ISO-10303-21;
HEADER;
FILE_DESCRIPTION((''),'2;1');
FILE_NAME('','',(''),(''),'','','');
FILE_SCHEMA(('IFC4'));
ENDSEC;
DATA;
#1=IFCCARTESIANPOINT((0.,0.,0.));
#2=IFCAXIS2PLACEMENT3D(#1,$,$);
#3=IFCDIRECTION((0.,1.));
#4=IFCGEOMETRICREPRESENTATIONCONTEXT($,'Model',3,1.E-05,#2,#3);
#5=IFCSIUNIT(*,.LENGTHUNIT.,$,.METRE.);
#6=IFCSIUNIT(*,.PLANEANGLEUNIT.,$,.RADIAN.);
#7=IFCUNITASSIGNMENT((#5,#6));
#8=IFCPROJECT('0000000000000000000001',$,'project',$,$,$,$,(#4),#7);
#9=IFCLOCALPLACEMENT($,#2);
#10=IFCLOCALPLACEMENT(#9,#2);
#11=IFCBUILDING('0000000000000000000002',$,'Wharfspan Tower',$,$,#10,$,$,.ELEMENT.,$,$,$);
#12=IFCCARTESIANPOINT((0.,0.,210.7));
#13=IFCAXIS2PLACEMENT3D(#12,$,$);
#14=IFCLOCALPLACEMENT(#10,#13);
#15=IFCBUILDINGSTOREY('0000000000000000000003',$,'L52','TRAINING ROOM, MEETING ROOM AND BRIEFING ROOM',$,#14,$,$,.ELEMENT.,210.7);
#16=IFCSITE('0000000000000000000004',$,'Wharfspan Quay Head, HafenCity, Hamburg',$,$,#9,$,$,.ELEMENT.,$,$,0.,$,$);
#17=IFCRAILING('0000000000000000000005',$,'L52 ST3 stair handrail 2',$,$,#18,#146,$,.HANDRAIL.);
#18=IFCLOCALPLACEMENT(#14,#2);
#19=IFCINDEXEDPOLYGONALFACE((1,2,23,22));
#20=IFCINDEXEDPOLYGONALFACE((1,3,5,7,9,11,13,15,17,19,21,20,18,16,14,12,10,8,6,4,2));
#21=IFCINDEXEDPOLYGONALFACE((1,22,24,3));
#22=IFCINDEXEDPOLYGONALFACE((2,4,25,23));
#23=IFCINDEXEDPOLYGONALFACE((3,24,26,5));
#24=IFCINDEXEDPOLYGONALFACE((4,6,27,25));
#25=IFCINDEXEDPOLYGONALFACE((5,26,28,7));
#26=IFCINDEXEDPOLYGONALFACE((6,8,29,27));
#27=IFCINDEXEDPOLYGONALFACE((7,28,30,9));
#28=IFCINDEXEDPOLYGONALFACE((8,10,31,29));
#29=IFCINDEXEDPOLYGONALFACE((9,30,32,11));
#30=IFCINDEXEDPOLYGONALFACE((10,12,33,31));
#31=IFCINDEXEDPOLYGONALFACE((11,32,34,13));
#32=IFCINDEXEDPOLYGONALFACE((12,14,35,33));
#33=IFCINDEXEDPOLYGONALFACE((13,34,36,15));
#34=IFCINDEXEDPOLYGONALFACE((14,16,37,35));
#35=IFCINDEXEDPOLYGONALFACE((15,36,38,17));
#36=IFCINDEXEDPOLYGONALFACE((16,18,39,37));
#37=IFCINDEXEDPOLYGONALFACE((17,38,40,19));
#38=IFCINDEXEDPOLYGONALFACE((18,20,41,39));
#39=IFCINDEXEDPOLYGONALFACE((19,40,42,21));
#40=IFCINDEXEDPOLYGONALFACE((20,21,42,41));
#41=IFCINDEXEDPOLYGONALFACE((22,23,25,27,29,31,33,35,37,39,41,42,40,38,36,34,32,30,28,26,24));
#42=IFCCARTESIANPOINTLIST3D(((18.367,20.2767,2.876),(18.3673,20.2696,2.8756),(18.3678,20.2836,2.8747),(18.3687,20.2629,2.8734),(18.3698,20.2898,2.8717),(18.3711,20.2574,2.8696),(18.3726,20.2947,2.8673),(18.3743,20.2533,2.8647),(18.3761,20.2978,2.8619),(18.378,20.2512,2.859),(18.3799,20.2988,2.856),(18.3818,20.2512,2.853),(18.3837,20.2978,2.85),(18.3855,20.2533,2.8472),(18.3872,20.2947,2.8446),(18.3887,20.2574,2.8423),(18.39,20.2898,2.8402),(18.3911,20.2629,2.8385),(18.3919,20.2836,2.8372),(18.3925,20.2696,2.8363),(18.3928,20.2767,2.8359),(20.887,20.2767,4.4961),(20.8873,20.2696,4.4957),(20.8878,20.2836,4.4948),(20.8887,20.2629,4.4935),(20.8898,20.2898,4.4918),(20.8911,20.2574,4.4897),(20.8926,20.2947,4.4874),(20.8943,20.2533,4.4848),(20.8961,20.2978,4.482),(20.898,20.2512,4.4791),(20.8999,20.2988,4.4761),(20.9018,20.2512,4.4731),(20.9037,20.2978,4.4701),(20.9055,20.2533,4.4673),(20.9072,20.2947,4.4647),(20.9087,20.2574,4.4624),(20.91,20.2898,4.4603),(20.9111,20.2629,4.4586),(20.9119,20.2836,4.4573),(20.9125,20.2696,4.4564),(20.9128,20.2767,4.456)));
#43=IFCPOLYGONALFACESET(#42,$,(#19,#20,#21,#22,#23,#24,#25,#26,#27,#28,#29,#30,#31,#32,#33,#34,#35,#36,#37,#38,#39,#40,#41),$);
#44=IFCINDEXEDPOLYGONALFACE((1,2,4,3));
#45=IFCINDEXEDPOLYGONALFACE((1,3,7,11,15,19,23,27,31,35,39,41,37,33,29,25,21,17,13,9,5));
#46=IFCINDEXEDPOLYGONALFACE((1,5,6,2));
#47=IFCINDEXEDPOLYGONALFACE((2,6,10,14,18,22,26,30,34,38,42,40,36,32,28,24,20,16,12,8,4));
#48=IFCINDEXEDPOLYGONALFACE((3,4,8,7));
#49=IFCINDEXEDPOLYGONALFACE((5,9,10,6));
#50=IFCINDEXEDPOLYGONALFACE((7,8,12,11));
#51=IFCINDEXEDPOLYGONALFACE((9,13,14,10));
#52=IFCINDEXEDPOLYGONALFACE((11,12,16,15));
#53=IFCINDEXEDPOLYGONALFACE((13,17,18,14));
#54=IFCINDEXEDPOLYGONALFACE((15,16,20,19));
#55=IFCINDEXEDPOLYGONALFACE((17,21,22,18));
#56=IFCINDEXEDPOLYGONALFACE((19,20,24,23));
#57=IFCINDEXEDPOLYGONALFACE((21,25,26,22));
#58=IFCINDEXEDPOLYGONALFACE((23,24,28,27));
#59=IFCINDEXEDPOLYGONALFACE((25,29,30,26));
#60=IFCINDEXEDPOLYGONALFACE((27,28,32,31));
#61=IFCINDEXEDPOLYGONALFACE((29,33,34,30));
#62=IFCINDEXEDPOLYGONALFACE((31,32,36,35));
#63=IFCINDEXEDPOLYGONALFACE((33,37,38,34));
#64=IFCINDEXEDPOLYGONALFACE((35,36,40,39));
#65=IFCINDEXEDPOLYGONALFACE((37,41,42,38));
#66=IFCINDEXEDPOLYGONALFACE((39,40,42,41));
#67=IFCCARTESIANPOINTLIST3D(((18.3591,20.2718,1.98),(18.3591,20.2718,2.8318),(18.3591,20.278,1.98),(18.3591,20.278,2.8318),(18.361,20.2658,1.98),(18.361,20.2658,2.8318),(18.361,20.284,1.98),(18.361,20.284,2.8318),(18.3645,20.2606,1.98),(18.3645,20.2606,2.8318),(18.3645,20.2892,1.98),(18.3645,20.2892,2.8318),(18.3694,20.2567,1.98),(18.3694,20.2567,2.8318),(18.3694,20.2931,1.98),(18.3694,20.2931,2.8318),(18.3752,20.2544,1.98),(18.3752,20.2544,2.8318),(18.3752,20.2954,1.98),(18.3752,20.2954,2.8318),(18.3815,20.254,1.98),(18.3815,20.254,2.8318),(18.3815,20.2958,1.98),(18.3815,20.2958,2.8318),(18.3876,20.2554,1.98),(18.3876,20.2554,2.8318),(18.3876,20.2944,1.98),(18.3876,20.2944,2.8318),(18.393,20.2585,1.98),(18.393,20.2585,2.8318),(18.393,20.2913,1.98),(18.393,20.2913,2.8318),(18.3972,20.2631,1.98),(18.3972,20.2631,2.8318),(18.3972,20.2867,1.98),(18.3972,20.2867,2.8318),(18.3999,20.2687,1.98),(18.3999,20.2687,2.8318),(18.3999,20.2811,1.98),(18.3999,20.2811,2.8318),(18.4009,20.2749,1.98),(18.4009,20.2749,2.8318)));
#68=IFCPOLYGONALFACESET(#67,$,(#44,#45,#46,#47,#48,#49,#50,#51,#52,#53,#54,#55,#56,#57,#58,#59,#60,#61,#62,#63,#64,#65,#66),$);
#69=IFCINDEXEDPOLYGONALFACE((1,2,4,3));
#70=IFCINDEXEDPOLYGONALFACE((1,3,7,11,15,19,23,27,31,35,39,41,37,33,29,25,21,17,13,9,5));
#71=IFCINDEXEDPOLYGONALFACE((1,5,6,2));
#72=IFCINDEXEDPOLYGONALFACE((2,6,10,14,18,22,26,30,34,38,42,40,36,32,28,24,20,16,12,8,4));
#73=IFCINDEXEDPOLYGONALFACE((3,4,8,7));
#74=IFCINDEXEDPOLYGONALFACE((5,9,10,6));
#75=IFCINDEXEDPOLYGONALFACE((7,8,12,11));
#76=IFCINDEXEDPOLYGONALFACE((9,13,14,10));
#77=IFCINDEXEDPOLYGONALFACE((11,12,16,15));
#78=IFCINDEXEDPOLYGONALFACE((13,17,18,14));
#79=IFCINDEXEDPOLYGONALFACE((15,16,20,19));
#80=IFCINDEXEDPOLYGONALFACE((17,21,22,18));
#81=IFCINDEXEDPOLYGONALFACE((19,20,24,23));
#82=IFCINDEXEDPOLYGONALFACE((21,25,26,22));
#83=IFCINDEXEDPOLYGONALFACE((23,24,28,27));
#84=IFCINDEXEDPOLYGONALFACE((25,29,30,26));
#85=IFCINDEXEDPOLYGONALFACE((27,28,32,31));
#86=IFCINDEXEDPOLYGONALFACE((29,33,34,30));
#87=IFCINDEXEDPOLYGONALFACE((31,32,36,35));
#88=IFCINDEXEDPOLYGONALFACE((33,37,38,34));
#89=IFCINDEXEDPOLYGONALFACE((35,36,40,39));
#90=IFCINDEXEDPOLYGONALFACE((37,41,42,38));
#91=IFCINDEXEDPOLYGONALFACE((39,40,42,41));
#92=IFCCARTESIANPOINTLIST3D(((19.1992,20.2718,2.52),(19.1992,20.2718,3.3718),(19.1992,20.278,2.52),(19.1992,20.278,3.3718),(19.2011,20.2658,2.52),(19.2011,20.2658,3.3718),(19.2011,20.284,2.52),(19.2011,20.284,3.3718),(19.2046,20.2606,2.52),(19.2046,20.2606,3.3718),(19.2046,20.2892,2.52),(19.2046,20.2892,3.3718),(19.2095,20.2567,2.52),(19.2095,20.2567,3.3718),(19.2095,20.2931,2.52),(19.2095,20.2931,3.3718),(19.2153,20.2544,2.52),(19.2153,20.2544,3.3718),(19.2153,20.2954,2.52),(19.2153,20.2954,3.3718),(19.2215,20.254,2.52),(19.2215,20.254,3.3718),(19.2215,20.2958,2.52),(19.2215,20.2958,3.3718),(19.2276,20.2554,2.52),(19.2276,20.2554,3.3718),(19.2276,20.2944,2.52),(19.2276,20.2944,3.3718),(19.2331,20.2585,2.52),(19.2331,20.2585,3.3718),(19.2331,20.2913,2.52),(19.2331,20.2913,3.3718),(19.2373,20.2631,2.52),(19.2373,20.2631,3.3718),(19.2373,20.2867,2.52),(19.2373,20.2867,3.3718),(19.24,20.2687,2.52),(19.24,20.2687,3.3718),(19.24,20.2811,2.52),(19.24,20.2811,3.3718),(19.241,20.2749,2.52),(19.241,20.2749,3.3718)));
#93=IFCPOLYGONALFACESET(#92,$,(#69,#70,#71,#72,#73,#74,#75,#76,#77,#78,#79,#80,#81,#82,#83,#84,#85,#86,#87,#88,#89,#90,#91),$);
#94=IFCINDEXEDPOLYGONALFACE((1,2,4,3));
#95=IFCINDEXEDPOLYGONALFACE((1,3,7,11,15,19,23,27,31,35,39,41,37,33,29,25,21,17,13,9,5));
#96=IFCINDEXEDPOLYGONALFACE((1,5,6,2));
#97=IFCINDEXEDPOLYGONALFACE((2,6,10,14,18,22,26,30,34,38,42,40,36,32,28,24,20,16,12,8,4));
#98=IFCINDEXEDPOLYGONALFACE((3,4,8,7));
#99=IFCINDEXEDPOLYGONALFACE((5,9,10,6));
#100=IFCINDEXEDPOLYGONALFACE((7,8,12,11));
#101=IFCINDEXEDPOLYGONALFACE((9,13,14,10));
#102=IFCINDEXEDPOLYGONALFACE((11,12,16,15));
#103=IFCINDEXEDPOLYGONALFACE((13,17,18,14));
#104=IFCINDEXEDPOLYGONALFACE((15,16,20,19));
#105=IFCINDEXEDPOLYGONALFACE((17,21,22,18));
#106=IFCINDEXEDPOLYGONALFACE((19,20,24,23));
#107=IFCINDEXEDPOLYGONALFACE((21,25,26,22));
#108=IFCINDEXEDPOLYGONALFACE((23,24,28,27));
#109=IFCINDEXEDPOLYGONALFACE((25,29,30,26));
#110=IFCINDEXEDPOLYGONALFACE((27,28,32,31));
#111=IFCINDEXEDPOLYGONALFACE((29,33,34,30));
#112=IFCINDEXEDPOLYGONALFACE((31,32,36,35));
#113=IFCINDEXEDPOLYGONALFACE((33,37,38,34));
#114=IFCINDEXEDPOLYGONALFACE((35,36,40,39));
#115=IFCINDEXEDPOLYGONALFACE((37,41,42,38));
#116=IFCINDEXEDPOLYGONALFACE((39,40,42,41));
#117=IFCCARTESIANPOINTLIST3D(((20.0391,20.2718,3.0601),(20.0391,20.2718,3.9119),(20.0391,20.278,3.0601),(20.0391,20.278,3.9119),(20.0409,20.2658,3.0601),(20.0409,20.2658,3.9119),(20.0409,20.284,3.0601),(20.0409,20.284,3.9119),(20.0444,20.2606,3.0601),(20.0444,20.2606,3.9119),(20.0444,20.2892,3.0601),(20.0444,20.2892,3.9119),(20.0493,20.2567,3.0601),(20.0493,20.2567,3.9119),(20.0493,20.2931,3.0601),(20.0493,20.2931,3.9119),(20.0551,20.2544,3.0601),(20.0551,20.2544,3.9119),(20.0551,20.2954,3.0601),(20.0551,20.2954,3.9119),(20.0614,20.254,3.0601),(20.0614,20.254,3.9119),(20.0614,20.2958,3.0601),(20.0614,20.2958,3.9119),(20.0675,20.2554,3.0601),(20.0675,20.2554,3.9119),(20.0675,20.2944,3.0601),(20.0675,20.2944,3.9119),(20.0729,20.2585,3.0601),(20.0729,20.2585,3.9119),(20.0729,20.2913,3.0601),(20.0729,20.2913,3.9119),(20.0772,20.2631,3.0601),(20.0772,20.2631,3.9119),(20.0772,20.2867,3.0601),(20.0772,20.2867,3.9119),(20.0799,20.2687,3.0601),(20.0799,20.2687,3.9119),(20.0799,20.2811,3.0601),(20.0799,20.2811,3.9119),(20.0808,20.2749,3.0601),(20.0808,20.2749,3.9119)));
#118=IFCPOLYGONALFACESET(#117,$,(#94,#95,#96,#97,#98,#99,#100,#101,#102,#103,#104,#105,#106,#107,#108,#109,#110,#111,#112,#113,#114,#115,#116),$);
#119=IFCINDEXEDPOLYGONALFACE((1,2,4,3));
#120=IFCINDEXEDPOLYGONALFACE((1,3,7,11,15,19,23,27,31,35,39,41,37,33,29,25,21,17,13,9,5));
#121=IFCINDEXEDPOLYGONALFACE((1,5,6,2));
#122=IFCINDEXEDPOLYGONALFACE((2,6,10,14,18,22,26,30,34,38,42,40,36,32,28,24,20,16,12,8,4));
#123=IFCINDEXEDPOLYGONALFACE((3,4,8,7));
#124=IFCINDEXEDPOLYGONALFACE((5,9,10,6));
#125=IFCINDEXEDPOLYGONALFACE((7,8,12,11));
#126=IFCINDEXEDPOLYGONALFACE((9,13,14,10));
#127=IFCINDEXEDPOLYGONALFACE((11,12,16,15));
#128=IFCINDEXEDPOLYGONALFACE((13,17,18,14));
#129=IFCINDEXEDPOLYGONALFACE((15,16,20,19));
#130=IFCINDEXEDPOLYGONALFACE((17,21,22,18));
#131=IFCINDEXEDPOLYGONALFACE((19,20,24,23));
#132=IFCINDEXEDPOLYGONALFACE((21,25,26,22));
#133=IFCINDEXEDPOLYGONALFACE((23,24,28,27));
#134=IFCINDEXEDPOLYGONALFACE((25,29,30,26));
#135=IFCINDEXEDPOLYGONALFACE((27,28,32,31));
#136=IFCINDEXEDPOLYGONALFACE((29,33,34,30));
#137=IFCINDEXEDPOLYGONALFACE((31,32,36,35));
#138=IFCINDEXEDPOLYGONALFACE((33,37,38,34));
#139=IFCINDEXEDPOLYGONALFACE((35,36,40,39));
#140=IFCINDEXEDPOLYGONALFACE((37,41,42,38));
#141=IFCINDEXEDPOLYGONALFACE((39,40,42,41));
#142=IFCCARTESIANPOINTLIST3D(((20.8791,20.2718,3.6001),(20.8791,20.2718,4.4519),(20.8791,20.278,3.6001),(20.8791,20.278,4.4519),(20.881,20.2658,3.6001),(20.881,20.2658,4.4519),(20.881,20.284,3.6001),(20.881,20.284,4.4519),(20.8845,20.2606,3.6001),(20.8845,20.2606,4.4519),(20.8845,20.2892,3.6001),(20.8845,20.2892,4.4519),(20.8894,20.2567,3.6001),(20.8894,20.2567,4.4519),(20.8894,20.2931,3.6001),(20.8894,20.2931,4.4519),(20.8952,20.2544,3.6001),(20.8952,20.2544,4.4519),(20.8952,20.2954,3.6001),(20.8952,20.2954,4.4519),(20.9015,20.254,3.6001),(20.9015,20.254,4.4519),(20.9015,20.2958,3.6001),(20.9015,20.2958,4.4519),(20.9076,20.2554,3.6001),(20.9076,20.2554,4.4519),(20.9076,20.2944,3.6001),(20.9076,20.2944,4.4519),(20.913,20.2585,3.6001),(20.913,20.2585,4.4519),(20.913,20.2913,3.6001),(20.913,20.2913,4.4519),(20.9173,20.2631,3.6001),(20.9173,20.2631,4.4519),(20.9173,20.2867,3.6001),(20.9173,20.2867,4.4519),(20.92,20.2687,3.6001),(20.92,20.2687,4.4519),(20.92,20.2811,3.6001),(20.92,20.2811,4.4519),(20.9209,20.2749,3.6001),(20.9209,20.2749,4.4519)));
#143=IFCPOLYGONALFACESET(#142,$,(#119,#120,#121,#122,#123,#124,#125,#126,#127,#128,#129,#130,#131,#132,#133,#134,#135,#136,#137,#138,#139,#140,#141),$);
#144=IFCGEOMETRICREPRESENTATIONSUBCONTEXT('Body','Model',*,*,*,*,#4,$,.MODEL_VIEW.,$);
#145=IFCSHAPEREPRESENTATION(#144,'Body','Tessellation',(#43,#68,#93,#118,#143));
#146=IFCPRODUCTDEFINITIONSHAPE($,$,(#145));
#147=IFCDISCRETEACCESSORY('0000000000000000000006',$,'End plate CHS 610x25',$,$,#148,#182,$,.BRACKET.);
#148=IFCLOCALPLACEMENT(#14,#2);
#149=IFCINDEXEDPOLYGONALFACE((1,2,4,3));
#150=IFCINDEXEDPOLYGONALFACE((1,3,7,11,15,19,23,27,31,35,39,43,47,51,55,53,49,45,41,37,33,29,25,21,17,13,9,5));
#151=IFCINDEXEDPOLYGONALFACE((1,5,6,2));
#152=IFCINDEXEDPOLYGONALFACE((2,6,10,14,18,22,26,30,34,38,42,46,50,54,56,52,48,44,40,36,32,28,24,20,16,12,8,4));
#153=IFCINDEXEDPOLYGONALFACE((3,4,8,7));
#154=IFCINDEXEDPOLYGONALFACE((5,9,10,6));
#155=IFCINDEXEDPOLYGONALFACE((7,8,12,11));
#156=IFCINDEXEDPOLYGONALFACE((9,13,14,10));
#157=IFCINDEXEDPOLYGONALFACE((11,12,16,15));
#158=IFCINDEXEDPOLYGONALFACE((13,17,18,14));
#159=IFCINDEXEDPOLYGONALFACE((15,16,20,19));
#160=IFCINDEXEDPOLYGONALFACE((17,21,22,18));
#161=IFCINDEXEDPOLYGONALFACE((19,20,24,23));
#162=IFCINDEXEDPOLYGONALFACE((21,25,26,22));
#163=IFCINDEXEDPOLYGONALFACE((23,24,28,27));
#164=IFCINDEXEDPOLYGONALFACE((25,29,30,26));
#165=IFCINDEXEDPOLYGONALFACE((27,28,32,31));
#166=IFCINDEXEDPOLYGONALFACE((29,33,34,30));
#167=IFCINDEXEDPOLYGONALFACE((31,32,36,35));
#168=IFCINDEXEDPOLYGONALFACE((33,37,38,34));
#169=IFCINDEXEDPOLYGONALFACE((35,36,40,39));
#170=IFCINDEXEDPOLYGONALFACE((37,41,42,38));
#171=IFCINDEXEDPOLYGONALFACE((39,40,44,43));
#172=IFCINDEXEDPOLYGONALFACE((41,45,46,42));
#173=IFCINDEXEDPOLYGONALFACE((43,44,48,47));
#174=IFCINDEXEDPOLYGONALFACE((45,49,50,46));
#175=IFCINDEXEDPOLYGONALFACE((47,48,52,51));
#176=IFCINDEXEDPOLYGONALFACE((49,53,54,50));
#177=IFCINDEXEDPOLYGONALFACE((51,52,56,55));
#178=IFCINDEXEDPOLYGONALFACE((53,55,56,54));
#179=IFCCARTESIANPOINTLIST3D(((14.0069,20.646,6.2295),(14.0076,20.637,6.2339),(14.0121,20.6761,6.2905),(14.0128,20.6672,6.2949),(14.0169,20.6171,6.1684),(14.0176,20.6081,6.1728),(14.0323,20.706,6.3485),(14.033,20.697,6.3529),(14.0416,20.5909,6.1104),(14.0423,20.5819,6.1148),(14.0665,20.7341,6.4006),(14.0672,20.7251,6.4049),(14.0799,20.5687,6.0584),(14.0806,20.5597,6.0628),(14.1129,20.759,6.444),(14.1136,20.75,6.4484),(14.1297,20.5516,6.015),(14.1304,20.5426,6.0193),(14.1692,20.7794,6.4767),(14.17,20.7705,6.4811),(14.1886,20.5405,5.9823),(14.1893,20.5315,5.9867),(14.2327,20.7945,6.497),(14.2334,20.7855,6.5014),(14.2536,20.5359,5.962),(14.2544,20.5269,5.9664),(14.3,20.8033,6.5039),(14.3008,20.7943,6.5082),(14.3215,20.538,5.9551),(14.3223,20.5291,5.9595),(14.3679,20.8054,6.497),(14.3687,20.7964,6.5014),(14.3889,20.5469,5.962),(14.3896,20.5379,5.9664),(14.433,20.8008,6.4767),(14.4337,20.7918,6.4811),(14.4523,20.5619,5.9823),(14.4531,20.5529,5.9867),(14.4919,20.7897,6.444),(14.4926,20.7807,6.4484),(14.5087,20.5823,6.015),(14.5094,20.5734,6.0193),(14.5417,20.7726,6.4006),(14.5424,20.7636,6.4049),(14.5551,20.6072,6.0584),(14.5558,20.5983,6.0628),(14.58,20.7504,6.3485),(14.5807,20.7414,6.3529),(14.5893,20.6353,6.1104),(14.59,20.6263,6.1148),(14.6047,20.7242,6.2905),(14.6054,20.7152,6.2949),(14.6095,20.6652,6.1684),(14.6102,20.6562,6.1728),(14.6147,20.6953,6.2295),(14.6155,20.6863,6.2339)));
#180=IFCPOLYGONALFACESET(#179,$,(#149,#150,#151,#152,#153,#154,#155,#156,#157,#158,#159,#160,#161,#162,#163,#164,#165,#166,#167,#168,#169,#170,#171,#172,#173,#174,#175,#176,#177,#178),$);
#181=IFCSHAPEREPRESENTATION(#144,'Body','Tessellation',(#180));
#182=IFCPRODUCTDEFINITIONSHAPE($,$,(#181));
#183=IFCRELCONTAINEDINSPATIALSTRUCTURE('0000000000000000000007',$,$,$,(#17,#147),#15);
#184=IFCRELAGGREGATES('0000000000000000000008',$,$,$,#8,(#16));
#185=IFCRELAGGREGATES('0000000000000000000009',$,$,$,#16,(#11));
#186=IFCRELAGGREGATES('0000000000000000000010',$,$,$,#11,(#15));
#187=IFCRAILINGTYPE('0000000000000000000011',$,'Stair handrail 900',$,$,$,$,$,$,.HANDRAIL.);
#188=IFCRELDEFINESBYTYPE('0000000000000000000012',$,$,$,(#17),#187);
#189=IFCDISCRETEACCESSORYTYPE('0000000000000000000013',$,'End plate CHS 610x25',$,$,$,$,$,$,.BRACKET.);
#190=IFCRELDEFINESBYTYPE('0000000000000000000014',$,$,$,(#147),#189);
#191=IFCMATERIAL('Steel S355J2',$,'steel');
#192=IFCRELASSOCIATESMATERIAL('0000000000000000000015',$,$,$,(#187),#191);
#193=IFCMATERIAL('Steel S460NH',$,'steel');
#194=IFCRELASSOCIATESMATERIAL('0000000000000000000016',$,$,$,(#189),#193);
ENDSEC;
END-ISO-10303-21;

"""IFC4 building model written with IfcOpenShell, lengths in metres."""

from ifc_helpers import new_model, si_unit, direction, frame, origin, origin_2d, place, context, subcontext, project, spatial, circle, extrude, material, material_profile, profile_set, type_object, element, save


model = new_model("IFC4")

# Units and contexts
model_context = context("Model", 3, precision=1e-05, world=origin(), true_north=direction((0.0, 1.0)))
body_context = subcontext(model_context, "Body", "Model", "MODEL_VIEW")
ifc_project = project(units=[si_unit("LENGTHUNIT", "METRE"), si_unit("PLANEANGLEUNIT", "RADIAN")], contexts=[model_context])

# Site, building, storey
site_placement = place(None, origin())
site = spatial("IfcSite", under=ifc_project, at=site_placement, Name="Wharfspan Quay Head, HafenCity, Hamburg", CompositionType="ELEMENT", RefElevation=0.0)
building_placement = place(site_placement, origin())
building = spatial("IfcBuilding", under=site, at=building_placement, Name="Wharfspan Tower", CompositionType="ELEMENT")
storey_placement = place(building_placement, frame((0.0, 0.0, 210.7)))
storey = spatial("IfcBuildingStorey", under=building, at=storey_placement, Name="L52", Description="TRAINING ROOM, MEETING ROOM AND BRIEFING ROOM", CompositionType="ELEMENT", Elevation=210.7)

# Shared definitions
ifc_material_1 = material(Name="Steel S355J2", Category="steel")

# Shared definitions
ifc_material_2 = material(Name="Steel S460NH", Category="steel")

# Railing
railing_type = type_object("IfcRailingType", Name="Stair handrail 900", PredefinedType="HANDRAIL", material=ifc_material_1)
railing_placement = place(storey_placement, frame((18.3799, 20.2749, 1.98)))
element("IfcRailing", 1, at=railing_placement, inside=storey, type_object=railing_type, Name="L52 ST3 stair handrail 2", PredefinedType="HANDRAIL", context=body_context, shape_type="SweptSolid", body=[
    extrude(circle(Radius=0.0239, at=origin_2d()), frame((0.0, 0.0, 0.876), z_axis=(0.841163, 0.0, 0.540782), x_axis=(0.0, 1.0, 0.0)), (0.0, 0.0, 1.0), 2.9958),
    extrude(circle(Radius=0.021, at=origin_2d()), origin(), (0.0, 0.0, 1.0), 0.8518),
    extrude(circle(Radius=0.021, at=origin_2d()), frame((0.8401, 0.0, 0.54)), (0.0, 0.0, 1.0), 0.8518),
    extrude(circle(Radius=0.021, at=origin_2d()), frame((1.6799, 0.0, 1.0801)), (0.0, 0.0, 1.0), 0.8518),
    extrude(circle(Radius=0.021, at=origin_2d()), frame((2.52, 0.0, 1.6201)), (0.0, 0.0, 1.0), 0.8518),
])

# Discrete accessory
ifc_material_profile_1 = material_profile(ifc_material_2, circle(Radius=0.3049, at=origin_2d()))
ifc_profile_set_1 = profile_set([ifc_material_profile_1], Name="Steel S460NH")
discrete_accessory_type = type_object("IfcDiscreteAccessoryType", Name="End plate CHS 610x25", PredefinedType="BRACKET", material=ifc_profile_set_1)
for number, where, z_axis, x_axis, name in (
    (2, (14.3108, 20.6707, 6.2295), (0.072718, -0.896854, 0.436308), (0.996729, 0.080815, -0.000002), "End plate CHS 610x25"),
):
    element("IfcDiscreteAccessory", number, at=place(storey_placement, frame(where, z_axis=z_axis, x_axis=x_axis)), inside=storey, type_object=discrete_accessory_type, Name=name, PredefinedType="BRACKET", context=body_context, shape_type="SweptSolid", body=[
        extrude(circle(Radius=0.3049, at=origin_2d()), origin(), (0.0, 0.0, 1.0), 0.01),
    ])

save(model, "model.ifc")
